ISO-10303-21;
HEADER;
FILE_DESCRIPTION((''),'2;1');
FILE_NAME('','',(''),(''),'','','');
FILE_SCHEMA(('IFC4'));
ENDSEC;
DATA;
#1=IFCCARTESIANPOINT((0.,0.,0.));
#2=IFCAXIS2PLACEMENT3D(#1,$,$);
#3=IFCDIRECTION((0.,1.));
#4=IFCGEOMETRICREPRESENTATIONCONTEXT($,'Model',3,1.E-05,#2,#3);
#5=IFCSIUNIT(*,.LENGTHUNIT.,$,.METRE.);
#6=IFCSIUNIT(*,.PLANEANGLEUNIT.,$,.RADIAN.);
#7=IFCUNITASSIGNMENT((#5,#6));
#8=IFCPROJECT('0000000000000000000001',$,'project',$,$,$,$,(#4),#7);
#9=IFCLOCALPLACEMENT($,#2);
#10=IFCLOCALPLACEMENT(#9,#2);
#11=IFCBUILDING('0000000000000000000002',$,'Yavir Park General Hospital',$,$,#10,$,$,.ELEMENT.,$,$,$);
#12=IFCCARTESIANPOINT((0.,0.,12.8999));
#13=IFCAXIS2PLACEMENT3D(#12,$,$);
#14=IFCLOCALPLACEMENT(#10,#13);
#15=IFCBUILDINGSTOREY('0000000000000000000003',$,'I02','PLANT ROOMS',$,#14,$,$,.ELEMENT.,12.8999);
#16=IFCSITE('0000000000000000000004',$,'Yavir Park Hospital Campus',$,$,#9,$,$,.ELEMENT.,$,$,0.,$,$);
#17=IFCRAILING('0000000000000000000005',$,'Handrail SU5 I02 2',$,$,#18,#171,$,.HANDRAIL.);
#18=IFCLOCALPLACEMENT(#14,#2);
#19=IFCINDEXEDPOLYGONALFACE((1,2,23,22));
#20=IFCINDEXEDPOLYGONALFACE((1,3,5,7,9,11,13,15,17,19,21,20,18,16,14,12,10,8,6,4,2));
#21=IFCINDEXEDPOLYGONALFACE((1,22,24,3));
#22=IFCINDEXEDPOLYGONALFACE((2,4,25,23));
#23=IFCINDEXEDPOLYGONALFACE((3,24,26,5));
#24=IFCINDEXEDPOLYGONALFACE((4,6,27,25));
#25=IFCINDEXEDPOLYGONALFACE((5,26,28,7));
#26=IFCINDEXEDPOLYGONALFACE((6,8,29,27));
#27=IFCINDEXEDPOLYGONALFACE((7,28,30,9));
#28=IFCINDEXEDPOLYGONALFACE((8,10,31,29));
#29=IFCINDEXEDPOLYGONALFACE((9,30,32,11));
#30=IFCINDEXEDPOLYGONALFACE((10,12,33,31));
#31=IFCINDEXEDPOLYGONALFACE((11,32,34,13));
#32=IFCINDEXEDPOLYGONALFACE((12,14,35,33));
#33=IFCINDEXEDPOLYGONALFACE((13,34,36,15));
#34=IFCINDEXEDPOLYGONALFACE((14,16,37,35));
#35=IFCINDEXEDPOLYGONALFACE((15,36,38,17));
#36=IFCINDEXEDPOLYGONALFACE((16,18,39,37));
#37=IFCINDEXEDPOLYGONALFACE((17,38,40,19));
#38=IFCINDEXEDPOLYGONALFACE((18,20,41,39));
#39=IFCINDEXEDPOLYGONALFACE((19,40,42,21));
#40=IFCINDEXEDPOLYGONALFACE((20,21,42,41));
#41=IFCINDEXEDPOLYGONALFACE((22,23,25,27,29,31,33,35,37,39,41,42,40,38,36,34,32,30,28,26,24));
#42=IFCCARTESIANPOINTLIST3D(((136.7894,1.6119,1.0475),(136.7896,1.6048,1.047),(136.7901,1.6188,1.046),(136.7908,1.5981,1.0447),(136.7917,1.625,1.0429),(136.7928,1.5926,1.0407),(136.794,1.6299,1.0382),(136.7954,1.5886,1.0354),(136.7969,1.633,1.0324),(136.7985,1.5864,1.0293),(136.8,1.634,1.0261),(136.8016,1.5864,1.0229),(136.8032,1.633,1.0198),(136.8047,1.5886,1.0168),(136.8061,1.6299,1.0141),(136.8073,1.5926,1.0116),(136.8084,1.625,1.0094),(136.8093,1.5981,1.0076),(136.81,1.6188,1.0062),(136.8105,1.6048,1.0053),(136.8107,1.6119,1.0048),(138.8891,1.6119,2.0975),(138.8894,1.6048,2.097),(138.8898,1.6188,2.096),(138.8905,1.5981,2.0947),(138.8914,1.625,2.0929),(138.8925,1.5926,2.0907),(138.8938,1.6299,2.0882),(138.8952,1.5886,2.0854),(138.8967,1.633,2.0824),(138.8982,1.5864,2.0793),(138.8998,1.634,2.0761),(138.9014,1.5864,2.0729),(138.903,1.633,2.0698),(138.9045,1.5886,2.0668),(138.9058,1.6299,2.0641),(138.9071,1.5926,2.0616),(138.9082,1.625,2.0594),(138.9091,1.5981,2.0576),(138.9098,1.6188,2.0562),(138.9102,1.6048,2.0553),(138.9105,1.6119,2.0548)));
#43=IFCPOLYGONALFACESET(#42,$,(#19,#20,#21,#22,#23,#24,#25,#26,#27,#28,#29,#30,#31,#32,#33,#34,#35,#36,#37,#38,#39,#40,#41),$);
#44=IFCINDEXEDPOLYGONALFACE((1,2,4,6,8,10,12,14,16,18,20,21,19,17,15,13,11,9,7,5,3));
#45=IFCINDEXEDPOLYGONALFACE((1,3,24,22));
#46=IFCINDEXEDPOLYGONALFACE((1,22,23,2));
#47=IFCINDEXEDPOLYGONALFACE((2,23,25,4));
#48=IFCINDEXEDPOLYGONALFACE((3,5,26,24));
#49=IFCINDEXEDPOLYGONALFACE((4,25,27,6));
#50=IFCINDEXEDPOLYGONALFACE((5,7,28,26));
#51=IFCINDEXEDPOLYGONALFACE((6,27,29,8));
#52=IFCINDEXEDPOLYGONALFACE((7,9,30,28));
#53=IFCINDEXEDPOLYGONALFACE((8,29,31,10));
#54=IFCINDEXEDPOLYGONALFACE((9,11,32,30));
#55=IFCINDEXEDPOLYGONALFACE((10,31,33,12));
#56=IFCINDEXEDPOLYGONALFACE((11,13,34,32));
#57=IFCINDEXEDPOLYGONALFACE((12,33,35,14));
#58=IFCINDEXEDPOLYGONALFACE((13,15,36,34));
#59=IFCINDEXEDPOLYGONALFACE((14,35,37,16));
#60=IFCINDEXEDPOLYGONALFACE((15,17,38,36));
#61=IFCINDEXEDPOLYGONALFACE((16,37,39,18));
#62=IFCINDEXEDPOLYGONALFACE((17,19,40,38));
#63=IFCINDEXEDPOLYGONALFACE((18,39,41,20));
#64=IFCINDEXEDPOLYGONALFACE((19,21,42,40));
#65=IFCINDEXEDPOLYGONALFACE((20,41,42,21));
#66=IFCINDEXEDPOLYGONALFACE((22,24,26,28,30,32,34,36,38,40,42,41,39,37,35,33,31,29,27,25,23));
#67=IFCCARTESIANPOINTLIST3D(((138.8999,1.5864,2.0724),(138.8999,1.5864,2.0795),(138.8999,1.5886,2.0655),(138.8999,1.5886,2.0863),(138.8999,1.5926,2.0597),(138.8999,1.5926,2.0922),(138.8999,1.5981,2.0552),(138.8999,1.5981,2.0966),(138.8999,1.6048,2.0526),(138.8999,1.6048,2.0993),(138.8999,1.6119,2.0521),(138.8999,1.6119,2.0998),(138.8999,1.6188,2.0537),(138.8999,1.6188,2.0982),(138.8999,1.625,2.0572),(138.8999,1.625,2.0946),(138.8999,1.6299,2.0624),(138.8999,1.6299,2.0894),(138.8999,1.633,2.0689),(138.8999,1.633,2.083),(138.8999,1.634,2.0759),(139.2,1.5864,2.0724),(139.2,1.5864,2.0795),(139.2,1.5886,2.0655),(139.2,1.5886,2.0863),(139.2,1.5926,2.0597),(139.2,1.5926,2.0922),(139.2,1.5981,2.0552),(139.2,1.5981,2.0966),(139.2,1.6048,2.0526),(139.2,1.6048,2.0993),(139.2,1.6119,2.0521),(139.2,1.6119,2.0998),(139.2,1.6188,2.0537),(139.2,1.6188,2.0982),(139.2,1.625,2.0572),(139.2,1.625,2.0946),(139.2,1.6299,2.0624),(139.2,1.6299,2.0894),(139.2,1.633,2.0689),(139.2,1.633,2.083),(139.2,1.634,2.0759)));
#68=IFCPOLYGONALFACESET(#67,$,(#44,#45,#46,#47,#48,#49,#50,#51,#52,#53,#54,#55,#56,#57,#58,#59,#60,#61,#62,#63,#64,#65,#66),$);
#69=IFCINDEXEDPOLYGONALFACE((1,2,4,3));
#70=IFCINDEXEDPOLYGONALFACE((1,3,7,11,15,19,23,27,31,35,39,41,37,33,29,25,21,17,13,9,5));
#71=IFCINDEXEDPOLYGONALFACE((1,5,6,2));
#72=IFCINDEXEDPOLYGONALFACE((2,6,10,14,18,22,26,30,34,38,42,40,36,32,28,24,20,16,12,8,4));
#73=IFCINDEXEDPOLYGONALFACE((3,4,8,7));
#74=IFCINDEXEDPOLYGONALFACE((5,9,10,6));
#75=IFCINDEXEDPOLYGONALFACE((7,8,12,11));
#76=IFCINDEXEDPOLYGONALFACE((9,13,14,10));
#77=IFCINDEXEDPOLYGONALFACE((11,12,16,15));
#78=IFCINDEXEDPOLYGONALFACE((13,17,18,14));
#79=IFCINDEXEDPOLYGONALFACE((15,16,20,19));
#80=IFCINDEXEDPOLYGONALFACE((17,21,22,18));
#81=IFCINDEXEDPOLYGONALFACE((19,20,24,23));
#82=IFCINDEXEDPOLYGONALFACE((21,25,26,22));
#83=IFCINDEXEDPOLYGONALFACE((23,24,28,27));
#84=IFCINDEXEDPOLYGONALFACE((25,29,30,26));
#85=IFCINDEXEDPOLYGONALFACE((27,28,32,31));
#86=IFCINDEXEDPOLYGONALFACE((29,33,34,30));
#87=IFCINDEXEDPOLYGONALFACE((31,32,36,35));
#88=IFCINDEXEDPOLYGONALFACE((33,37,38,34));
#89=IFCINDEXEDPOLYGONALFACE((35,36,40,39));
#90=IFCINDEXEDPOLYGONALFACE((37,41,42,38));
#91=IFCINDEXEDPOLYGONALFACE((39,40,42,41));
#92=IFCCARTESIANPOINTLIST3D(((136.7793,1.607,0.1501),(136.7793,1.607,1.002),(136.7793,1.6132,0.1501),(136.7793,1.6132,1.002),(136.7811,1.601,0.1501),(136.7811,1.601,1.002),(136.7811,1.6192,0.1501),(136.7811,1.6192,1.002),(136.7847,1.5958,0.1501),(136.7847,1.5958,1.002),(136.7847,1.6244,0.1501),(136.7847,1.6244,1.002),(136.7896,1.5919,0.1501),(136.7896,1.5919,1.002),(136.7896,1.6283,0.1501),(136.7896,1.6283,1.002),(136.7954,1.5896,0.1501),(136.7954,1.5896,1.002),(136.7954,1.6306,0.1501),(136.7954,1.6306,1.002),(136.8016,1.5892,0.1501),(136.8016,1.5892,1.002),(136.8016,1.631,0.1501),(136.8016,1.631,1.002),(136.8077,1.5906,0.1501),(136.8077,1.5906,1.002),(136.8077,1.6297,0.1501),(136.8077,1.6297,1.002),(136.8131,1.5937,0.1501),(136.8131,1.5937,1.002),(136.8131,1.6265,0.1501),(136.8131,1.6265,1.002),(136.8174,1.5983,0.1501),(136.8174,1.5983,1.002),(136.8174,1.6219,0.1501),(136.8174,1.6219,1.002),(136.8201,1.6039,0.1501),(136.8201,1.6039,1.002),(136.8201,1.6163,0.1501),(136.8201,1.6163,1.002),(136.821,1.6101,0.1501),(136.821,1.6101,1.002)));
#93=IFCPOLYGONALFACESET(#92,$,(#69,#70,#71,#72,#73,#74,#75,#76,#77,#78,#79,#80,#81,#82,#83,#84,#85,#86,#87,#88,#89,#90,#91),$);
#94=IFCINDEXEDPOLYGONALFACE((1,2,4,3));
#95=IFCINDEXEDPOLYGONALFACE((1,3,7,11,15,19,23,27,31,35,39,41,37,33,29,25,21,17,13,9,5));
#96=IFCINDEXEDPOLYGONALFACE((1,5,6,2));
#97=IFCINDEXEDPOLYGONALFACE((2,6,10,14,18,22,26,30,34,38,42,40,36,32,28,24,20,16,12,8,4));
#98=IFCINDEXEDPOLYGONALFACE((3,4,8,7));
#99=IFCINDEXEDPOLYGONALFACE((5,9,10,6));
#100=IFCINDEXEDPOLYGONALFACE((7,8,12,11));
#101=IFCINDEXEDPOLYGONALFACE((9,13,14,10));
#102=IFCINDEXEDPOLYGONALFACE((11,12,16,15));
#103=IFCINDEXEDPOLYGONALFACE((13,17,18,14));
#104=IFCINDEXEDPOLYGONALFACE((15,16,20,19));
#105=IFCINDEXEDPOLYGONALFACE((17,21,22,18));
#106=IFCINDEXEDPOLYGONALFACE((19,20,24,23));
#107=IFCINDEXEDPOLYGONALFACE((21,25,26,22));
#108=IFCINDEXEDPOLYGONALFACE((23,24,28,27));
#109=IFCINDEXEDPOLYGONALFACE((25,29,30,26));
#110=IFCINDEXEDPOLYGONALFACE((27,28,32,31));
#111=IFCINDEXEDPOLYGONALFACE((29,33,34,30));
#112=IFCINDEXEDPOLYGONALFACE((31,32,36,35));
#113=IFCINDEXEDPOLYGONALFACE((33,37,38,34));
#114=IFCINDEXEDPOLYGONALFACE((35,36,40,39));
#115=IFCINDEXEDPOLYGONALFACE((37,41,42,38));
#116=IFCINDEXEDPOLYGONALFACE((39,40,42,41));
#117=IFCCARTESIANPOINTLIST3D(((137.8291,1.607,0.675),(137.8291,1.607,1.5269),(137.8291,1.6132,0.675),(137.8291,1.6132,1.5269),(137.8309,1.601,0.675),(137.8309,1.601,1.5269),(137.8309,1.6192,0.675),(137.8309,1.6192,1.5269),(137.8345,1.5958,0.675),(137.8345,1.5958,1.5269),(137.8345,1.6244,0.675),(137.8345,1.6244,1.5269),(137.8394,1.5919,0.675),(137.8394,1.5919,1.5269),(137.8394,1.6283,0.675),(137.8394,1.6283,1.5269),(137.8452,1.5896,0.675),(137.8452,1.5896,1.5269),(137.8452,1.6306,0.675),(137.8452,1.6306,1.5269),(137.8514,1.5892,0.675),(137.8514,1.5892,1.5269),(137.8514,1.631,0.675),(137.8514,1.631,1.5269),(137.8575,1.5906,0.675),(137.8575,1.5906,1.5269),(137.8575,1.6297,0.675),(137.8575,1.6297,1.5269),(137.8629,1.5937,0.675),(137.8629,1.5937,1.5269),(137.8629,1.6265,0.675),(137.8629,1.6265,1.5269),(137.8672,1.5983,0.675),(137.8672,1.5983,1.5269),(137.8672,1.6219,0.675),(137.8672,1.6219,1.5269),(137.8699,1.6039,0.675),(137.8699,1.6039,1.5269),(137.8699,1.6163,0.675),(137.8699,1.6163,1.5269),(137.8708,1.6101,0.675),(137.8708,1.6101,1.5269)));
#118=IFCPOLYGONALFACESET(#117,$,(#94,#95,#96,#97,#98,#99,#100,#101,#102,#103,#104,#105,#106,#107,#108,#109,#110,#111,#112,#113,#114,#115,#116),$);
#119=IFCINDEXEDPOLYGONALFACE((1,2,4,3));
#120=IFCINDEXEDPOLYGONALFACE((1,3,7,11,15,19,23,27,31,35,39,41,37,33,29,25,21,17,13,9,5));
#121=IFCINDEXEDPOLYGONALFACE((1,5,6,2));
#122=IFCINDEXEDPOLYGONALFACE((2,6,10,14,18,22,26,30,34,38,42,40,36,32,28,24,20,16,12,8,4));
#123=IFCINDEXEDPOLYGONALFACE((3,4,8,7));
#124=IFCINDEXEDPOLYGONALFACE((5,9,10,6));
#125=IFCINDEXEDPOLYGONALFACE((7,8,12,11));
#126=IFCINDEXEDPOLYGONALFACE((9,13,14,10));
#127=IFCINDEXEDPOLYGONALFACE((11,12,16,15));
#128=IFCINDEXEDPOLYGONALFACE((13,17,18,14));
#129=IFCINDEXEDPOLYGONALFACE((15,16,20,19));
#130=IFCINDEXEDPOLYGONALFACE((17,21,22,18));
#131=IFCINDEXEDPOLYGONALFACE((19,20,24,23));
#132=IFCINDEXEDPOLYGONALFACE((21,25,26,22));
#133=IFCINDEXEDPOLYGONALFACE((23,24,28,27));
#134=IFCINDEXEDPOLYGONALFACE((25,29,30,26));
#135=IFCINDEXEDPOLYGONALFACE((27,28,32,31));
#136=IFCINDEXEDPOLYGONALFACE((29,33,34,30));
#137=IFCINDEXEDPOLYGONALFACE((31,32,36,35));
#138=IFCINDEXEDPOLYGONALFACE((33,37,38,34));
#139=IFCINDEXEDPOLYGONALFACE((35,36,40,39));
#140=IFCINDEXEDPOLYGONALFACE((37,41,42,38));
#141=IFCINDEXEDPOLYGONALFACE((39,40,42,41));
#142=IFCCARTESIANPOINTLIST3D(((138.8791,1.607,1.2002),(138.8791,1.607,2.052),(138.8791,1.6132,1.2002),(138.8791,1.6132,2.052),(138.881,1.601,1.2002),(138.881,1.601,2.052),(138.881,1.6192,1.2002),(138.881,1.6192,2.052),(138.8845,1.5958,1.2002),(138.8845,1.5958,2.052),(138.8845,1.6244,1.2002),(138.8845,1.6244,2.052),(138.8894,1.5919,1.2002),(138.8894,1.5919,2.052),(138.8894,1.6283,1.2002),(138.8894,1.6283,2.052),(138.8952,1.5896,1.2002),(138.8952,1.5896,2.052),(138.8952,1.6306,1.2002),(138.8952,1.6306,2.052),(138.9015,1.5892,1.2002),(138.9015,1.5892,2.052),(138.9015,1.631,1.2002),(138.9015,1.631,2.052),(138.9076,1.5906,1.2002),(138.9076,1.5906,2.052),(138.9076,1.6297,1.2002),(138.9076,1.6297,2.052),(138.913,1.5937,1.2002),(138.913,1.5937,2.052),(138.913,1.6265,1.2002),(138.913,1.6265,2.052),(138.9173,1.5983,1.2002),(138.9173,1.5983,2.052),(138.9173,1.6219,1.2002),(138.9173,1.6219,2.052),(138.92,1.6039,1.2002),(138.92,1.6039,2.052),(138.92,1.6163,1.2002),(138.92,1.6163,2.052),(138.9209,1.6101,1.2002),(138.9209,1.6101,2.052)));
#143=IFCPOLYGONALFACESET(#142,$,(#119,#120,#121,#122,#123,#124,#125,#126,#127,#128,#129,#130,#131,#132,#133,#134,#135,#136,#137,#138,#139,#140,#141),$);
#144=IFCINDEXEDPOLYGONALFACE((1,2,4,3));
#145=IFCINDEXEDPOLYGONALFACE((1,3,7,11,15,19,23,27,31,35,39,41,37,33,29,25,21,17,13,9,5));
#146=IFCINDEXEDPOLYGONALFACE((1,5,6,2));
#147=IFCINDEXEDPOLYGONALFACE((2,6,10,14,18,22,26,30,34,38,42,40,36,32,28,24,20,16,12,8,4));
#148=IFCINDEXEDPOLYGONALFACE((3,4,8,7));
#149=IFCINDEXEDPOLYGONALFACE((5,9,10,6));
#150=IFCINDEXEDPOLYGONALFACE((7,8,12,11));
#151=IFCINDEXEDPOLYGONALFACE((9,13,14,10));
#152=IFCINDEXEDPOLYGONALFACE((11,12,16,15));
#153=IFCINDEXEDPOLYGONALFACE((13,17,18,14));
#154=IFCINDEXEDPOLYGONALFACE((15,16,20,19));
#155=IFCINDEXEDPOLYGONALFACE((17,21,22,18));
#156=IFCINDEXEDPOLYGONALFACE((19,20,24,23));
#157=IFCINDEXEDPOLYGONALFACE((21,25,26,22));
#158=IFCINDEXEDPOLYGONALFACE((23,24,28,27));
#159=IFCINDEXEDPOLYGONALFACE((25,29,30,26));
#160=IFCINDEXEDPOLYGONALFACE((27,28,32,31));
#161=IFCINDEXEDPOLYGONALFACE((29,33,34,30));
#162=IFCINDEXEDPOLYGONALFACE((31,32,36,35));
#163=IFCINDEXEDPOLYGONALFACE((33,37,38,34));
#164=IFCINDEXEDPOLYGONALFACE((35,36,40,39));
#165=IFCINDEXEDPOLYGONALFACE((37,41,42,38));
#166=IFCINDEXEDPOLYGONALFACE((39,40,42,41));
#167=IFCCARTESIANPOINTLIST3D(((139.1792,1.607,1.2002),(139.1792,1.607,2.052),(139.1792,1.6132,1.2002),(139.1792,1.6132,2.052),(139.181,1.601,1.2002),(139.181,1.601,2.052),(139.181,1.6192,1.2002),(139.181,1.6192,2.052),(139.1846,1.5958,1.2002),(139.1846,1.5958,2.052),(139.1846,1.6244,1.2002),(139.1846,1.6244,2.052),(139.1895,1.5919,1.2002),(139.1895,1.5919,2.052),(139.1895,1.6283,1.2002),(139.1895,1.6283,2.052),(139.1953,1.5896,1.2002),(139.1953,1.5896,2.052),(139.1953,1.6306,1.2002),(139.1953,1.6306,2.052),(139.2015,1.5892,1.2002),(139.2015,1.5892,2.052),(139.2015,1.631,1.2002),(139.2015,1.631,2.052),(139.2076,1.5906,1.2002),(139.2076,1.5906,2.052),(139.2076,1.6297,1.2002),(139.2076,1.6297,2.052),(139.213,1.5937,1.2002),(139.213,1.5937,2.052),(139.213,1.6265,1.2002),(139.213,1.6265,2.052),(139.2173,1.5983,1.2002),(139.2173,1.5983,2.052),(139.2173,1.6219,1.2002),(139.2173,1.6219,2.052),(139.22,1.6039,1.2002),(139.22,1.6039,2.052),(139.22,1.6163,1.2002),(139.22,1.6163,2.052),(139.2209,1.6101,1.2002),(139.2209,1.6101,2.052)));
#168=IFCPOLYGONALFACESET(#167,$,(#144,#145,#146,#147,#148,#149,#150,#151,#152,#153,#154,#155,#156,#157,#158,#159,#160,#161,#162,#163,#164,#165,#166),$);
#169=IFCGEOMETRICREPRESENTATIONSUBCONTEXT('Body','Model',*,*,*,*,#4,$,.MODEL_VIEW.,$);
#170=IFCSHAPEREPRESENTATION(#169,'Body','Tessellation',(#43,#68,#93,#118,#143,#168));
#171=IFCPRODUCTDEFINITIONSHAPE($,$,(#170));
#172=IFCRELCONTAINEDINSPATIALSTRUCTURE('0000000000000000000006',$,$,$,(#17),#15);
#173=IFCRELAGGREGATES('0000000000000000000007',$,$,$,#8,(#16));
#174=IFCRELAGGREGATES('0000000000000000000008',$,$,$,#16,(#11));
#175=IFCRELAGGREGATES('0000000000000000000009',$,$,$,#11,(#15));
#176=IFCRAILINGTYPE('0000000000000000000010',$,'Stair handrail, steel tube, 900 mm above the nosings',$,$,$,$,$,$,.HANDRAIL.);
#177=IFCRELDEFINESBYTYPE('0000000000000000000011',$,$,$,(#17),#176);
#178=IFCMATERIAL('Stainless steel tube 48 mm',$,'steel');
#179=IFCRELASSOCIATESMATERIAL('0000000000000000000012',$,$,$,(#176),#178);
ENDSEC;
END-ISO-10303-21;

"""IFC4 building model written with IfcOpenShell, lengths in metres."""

from ifc_helpers import new_model, si_unit, direction, frame, origin, origin_2d, place, context, subcontext, project, spatial, circle, extrude, material, type_object, element, save


model = new_model("IFC4")

# Units and contexts
model_context = context("Model", 3, precision=1e-05, world=origin(), true_north=direction((0.0, 1.0)))
body_context = subcontext(model_context, "Body", "Model", "MODEL_VIEW")
ifc_project = project(units=[si_unit("LENGTHUNIT", "METRE"), si_unit("PLANEANGLEUNIT", "RADIAN")], contexts=[model_context])

# Site, building, storey
site_placement = place(None, origin())
site = spatial("IfcSite", under=ifc_project, at=site_placement, Name="Yavir Park Hospital Campus", CompositionType="ELEMENT", RefElevation=0.0)
building_placement = place(site_placement, origin())
building = spatial("IfcBuilding", under=site, at=building_placement, Name="Yavir Park General Hospital", CompositionType="ELEMENT")
storey_placement = place(building_placement, frame((0.0, 0.0, 12.8999)))
storey = spatial("IfcBuildingStorey", under=building, at=storey_placement, Name="I02", Description="PLANT ROOMS", CompositionType="ELEMENT", Elevation=12.8999)

# Railing
ifc_material_1 = material(Name="Stainless steel tube 48 mm", Category="steel")
railing_type_1 = type_object("IfcRailingType", Name="Stair handrail, steel tube, 900 mm above the nosings", PredefinedType="HANDRAIL", material=ifc_material_1)
for number, where, name in (
    (1, (136.8, 1.6101, 0.1501), "Handrail SU5 I02 2"),
):
    element("IfcRailing", number, at=place(storey_placement, frame(where)), inside=storey, type_object=railing_type_1, Name=name, PredefinedType="HANDRAIL", context=body_context, shape_type="SweptSolid", body=[
        extrude(circle(Radius=0.0239, at=origin_2d()), frame((0.0, 0.0, 0.876), z_axis=(0.894406, 0.0, 0.447255), x_axis=(0.0, 1.0, 0.0)), (0.0, 0.0, 1.0), 2.3477),
        extrude(circle(Radius=0.0239, at=origin_2d()), frame((2.0999, 0.0, 1.9258), z_axis=(1.0, 0.0, 0.0), x_axis=(0.0, 1.0, 0.0)), (0.0, 0.0, 1.0), 0.3),
        extrude(circle(Radius=0.021, at=origin_2d()), origin(), (0.0, 0.0, 1.0), 0.8518),
        extrude(circle(Radius=0.021, at=origin_2d()), frame((1.0498, 0.0, 0.5249)), (0.0, 0.0, 1.0), 0.8518),
        extrude(circle(Radius=0.021, at=origin_2d()), frame((2.0999, 0.0, 1.05)), (0.0, 0.0, 1.0), 0.8518),
        extrude(circle(Radius=0.021, at=origin_2d()), frame((2.3999, 0.0, 1.05)), (0.0, 0.0, 1.0), 0.8518),
    ])

save(model, "model.ifc")
